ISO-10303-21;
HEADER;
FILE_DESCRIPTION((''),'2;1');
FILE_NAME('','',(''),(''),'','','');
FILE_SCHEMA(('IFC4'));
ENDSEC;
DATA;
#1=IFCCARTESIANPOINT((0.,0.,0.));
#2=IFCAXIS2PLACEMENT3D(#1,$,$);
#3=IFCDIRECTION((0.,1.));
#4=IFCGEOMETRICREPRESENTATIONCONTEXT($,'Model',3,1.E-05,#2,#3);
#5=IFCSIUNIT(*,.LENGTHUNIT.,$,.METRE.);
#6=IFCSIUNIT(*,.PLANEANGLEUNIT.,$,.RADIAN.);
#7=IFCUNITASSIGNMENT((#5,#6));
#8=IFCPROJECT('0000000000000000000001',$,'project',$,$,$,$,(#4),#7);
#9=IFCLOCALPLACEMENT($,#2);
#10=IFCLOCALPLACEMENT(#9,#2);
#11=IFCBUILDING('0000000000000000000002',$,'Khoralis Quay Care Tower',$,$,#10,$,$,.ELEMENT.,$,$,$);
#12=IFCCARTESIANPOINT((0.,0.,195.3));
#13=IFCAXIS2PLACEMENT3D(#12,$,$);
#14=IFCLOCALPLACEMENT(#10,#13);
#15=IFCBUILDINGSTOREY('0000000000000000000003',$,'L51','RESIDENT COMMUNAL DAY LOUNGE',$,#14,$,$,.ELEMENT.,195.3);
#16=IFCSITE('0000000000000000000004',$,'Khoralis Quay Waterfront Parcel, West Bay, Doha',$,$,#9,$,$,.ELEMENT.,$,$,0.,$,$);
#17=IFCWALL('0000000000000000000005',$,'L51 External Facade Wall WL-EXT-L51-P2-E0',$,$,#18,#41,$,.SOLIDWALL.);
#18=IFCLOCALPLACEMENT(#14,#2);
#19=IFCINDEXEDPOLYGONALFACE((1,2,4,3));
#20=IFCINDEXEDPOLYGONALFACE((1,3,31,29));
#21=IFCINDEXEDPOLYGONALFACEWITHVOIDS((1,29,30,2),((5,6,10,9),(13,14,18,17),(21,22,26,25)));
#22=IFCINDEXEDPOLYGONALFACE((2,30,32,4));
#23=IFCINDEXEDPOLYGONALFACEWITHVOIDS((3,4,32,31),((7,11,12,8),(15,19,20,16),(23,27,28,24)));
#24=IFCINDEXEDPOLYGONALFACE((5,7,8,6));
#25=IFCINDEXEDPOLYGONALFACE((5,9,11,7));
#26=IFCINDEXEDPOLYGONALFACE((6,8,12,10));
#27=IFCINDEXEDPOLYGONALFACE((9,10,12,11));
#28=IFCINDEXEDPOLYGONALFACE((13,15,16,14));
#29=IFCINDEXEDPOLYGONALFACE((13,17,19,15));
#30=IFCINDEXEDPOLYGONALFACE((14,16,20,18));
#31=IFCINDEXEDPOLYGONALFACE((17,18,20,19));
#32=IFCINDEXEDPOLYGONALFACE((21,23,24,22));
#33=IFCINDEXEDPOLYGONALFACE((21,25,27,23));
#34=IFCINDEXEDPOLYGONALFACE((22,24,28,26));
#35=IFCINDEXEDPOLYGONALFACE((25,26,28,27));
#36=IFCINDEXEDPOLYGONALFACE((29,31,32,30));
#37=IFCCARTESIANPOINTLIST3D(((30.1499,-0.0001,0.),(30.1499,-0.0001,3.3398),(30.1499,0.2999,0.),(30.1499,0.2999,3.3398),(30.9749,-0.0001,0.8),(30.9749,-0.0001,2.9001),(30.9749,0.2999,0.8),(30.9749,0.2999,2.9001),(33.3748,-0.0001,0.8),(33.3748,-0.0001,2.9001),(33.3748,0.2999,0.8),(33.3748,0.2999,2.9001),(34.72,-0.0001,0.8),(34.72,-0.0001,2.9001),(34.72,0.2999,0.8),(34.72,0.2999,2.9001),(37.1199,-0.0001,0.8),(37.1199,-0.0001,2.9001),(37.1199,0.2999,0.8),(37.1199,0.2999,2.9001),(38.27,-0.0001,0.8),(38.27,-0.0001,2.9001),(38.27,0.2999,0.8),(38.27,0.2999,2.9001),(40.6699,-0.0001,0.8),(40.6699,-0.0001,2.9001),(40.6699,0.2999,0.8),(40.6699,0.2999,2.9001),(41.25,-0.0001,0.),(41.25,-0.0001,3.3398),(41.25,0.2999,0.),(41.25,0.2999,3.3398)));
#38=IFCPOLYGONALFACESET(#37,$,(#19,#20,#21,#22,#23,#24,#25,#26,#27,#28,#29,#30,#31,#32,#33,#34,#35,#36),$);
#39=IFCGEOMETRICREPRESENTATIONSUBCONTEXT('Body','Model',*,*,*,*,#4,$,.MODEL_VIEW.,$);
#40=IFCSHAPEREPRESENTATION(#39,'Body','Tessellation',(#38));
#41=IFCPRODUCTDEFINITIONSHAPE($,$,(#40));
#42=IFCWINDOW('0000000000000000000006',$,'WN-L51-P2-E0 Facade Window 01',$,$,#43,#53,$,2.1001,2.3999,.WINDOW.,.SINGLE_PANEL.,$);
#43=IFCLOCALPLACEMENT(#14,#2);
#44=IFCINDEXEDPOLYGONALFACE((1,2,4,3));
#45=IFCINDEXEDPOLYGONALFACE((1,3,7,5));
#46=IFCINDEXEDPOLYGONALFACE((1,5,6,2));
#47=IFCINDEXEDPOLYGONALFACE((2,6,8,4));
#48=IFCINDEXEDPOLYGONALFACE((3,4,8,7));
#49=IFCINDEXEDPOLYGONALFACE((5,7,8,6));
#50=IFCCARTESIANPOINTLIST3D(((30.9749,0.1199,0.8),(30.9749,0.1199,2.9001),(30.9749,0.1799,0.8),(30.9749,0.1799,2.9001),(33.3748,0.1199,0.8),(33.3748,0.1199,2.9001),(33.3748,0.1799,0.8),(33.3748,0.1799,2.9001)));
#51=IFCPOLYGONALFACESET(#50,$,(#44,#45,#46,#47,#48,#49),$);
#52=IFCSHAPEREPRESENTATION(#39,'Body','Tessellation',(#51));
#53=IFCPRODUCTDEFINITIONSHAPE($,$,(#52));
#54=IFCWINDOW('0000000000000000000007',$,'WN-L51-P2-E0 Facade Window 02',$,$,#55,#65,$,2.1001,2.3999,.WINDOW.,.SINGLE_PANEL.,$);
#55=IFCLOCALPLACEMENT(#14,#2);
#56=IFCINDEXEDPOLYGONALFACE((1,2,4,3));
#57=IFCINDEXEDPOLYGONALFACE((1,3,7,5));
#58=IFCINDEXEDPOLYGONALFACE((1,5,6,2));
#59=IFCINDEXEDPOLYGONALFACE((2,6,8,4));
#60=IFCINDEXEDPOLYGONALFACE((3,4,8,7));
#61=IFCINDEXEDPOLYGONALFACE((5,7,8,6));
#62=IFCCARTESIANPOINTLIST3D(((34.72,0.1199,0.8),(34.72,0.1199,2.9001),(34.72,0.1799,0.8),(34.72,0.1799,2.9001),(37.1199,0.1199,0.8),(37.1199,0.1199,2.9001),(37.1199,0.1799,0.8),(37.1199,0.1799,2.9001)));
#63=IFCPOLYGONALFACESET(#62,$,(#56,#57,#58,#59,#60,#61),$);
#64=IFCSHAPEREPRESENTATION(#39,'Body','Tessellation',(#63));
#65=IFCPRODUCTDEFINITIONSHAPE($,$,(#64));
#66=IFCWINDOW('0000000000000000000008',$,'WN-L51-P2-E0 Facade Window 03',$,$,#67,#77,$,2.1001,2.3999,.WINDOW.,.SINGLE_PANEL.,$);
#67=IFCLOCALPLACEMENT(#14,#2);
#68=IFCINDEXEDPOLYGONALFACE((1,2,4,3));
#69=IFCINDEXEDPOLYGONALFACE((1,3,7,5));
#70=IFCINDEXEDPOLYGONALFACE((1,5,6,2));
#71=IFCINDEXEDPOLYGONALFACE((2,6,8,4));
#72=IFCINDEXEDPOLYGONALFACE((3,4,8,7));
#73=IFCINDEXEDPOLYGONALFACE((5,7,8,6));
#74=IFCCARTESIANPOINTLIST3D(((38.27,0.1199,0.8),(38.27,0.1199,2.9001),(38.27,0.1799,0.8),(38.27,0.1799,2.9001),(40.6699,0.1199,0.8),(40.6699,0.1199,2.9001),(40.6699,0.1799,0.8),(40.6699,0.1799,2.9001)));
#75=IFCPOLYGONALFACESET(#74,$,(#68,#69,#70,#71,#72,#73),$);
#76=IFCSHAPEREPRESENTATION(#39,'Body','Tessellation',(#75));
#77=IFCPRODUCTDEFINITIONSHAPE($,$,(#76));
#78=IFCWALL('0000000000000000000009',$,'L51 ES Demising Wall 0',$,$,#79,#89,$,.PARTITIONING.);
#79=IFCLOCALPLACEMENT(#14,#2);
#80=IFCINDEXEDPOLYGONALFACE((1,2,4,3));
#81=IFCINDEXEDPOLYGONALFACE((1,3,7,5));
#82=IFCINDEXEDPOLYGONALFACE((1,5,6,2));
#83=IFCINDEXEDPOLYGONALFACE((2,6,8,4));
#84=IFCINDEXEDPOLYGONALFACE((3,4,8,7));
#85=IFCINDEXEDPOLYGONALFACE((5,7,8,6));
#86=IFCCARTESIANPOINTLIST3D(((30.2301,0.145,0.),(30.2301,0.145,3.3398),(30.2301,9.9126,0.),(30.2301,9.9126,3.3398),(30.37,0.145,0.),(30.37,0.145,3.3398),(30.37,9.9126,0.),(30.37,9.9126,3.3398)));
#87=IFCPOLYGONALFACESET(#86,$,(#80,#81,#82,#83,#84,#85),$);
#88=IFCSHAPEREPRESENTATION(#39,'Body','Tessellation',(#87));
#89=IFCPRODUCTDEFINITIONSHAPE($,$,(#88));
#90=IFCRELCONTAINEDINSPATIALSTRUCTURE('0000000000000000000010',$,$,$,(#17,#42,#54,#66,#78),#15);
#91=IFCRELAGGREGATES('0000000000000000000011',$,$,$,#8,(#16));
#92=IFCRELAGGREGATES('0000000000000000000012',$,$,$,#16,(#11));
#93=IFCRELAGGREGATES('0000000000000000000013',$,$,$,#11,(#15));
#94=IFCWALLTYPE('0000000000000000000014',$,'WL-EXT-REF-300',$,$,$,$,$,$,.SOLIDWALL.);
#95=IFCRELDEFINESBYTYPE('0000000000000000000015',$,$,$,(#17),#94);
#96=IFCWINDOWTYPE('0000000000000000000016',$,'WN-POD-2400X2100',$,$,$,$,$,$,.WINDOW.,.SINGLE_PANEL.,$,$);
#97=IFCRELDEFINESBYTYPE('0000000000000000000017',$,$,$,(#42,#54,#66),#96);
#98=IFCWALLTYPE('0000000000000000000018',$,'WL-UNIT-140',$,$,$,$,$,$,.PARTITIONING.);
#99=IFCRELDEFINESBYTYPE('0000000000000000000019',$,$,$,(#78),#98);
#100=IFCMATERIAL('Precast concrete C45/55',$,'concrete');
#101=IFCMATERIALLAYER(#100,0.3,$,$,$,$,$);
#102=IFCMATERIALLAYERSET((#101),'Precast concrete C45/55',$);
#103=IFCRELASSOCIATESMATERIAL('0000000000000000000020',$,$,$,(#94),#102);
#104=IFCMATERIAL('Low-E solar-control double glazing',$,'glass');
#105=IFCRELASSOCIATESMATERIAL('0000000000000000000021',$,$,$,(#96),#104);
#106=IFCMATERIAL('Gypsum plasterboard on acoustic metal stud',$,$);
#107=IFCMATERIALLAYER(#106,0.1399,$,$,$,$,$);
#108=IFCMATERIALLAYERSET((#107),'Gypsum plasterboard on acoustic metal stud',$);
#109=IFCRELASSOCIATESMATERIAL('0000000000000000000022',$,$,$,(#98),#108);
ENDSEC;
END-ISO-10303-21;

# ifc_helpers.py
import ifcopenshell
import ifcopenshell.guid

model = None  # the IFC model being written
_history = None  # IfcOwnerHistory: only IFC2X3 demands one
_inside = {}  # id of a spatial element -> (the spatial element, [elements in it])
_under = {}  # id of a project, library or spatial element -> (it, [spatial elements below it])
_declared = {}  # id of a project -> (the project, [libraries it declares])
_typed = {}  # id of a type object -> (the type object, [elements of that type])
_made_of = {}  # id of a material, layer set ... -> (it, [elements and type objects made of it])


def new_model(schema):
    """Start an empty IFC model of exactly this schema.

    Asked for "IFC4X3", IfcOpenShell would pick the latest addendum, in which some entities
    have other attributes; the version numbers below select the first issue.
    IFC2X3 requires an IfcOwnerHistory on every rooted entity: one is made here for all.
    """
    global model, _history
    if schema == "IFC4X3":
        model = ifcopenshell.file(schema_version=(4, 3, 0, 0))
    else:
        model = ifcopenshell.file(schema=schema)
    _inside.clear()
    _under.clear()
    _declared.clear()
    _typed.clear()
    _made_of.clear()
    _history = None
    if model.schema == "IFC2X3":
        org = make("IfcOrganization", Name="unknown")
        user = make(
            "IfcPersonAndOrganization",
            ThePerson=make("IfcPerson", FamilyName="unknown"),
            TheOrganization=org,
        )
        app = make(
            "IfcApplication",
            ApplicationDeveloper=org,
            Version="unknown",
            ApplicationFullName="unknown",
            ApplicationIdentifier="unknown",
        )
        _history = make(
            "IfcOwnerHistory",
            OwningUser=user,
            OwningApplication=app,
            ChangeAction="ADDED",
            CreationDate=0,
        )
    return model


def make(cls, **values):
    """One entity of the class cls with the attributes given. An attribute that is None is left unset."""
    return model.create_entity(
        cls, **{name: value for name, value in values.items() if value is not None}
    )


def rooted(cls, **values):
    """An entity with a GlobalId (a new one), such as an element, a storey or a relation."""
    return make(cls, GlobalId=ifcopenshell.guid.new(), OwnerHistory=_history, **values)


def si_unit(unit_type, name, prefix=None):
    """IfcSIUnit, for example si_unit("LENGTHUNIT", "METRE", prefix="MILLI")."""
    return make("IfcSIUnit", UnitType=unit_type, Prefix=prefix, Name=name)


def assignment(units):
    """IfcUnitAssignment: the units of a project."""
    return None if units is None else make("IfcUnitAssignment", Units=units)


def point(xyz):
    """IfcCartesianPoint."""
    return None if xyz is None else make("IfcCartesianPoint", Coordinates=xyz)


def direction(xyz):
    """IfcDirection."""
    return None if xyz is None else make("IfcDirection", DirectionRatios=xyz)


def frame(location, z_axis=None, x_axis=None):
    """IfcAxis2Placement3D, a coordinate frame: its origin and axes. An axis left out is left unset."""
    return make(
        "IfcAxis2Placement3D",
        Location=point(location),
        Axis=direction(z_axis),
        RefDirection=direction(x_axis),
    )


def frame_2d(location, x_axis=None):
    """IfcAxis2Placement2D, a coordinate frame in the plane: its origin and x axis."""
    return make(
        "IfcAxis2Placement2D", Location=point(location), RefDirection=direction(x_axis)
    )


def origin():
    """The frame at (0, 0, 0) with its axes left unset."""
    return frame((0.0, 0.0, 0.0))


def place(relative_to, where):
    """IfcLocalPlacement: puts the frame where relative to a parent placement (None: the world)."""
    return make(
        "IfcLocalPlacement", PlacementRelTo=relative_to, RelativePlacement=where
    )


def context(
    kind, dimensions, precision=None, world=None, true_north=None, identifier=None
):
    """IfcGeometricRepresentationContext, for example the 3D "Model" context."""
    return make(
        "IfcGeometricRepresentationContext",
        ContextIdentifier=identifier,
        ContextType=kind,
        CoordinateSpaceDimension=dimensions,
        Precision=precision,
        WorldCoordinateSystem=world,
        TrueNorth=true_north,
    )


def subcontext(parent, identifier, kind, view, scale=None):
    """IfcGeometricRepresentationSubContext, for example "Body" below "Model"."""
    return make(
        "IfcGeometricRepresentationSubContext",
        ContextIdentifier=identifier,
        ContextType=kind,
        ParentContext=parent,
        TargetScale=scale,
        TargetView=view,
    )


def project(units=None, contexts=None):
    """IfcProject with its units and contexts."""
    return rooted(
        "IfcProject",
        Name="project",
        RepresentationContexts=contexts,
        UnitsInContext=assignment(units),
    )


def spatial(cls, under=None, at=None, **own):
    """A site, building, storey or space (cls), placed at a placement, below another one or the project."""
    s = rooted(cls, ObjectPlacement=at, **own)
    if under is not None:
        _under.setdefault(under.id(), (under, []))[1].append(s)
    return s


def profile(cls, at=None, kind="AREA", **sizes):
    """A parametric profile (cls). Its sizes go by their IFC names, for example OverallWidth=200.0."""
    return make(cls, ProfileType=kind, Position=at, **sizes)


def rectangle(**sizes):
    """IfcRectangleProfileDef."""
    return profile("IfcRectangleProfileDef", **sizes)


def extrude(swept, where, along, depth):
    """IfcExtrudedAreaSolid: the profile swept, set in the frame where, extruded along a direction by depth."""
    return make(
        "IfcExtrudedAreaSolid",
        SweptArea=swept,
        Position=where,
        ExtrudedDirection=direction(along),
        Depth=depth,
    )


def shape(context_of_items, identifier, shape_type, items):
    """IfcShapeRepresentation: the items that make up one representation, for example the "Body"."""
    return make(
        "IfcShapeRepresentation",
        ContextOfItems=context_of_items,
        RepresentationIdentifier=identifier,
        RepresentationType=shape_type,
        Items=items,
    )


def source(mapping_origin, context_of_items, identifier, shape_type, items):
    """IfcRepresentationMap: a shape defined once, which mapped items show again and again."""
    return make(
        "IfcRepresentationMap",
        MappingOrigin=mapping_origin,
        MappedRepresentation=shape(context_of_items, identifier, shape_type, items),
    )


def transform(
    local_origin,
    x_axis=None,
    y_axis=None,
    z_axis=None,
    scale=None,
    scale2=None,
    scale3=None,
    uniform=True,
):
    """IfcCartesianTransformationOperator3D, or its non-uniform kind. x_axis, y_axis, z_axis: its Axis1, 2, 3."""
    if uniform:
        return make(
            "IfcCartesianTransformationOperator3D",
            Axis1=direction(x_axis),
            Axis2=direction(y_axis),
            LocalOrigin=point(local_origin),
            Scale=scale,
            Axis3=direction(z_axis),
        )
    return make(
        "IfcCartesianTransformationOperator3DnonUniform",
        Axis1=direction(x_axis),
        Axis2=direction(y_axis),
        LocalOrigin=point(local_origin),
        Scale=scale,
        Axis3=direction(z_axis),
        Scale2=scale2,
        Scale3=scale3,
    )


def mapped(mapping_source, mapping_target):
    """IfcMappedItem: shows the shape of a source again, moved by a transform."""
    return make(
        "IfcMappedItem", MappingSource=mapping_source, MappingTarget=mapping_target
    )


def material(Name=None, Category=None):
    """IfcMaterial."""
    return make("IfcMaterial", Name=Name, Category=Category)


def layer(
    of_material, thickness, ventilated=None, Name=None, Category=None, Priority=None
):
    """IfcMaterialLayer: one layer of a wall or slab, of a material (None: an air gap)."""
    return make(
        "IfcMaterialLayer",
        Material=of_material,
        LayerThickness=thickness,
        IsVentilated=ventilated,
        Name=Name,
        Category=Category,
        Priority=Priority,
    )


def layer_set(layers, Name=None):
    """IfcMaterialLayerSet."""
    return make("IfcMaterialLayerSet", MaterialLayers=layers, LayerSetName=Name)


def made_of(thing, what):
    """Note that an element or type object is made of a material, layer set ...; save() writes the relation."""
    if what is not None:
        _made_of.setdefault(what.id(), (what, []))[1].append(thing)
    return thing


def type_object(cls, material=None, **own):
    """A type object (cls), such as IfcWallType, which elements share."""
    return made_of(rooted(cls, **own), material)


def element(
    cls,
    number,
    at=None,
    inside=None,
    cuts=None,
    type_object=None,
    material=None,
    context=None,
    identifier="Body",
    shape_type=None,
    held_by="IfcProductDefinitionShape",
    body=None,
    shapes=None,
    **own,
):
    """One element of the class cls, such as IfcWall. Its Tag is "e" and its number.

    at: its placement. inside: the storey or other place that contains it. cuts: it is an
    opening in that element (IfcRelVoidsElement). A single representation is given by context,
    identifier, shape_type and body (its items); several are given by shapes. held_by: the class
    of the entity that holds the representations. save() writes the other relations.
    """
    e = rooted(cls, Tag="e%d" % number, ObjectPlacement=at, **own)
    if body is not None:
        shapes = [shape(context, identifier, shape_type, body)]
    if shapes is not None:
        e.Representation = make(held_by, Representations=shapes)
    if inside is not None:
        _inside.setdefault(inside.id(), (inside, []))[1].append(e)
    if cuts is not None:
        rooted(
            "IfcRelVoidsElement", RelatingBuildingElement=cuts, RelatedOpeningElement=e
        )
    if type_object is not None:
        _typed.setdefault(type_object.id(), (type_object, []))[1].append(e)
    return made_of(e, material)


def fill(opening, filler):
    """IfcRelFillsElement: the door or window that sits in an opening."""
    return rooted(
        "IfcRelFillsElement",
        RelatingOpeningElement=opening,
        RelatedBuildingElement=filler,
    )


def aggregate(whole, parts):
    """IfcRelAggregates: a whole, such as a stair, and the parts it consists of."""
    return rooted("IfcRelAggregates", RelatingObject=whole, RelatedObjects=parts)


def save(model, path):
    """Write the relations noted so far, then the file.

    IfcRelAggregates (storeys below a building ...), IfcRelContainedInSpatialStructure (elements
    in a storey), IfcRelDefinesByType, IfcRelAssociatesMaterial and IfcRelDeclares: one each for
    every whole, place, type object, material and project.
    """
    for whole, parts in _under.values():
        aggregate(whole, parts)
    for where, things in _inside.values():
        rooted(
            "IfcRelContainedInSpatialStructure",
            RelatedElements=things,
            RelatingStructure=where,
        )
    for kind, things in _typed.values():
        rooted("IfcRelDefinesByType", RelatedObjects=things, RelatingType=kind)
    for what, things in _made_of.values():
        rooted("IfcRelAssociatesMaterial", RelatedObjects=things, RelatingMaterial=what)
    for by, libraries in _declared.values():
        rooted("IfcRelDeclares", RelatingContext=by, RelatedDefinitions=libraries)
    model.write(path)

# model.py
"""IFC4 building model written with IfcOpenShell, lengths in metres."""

from ifc_helpers import new_model, si_unit, direction, frame, frame_2d, origin, place, context, subcontext, project, spatial, rectangle, extrude, source, transform, mapped, material, layer, layer_set, type_object, element, fill, save


model = new_model("IFC4")

# Units and contexts
model_context = context("Model", 3, precision=1e-05, world=origin(), true_north=direction((0.0, 1.0)))
body_context = subcontext(model_context, "Body", "Model", "MODEL_VIEW")
ifc_project = project(units=[si_unit("LENGTHUNIT", "METRE"), si_unit("PLANEANGLEUNIT", "RADIAN")], contexts=[model_context])

# Site, building, storey
site_placement = place(None, origin())
site = spatial("IfcSite", under=ifc_project, at=site_placement, Name="Khoralis Quay Waterfront Parcel, West Bay, Doha", CompositionType="ELEMENT", RefElevation=0.0)
building_placement = place(site_placement, origin())
building = spatial("IfcBuilding", under=site, at=building_placement, Name="Khoralis Quay Care Tower", CompositionType="ELEMENT")
storey_placement = place(building_placement, frame((0.0, 0.0, 195.3)))
storey = spatial("IfcBuildingStorey", under=building, at=storey_placement, Name="L51", Description="RESIDENT COMMUNAL DAY LOUNGE", CompositionType="ELEMENT", Elevation=195.3)

# Shared definitions
ifc_material_1 = material(Name="Low-E solar-control double glazing", Category="glass")

# Shared definitions
ifc_material_2 = material(Name="Gypsum plasterboard on acoustic metal stud")

# Wall, openings, windows
ifc_material_3 = material(Name="Precast concrete C45/55", Category="concrete")
ifc_layer_1 = layer(ifc_material_3, 0.3)
ifc_layer_set_1 = layer_set([ifc_layer_1], Name="Precast concrete C45/55")
wall_type_1 = type_object("IfcWallType", Name="WL-EXT-REF-300", PredefinedType="SOLIDWALL", material=ifc_layer_set_1)
wall_1_placement = place(storey_placement, frame((30.1499, 0.1499, 0.0), z_axis=(0.0, 0.0, 1.0), x_axis=(1.0, 0.0, 0.0)))
wall_1 = element("IfcWall", 1, at=wall_1_placement, inside=storey, type_object=wall_type_1, Name="L51 External Facade Wall WL-EXT-L51-P2-E0", PredefinedType="SOLIDWALL", context=body_context, shape_type="SweptSolid", body=[
    extrude(rectangle(XDim=11.1001, YDim=0.3, at=frame_2d((5.55, 0.0))), origin(), (0.0, 0.0, 1.0), 3.3398),
])
opening_1_placement = place(wall_1_placement, frame((0.825, 0.0, 0.8)))
opening_1 = element("IfcOpeningElement", 2, at=opening_1_placement, cuts=wall_1, PredefinedType="OPENING", context=body_context, shape_type="SweptSolid", body=[
    extrude(rectangle(XDim=2.3999, YDim=2.1001, at=frame_2d((1.2, 1.05))), frame((0.0, 0.1602, 0.0), z_axis=(0.0, -1.0, 0.0), x_axis=(1.0, 0.0, 0.0)), (0.0, 0.0, 1.0), 0.3201),
])
opening_2_placement = place(wall_1_placement, frame((4.5701, 0.0, 0.8)))
opening_2 = element("IfcOpeningElement", 3, at=opening_2_placement, cuts=wall_1, PredefinedType="OPENING", context=body_context, shape_type="SweptSolid", body=[
    extrude(rectangle(XDim=2.3999, YDim=2.1001, at=frame_2d((1.2, 1.05))), frame((0.0, 0.1602, 0.0), z_axis=(0.0, -1.0, 0.0), x_axis=(1.0, 0.0, 0.0)), (0.0, 0.0, 1.0), 0.3201),
])
opening_3_placement = place(wall_1_placement, frame((8.1201, 0.0, 0.8)))
opening_3 = element("IfcOpeningElement", 4, at=opening_3_placement, cuts=wall_1, PredefinedType="OPENING", context=body_context, shape_type="SweptSolid", body=[
    extrude(rectangle(XDim=2.3999, YDim=2.1001, at=frame_2d((1.2, 1.05))), frame((0.0, 0.1602, 0.0), z_axis=(0.0, -1.0, 0.0), x_axis=(1.0, 0.0, 0.0)), (0.0, 0.0, 1.0), 0.3201),
])
window_type = type_object("IfcWindowType", Name="WN-POD-2400X2100", PartitioningType="SINGLE_PANEL", PredefinedType="WINDOW", material=ifc_material_1)
shared_shape_1 = source(origin(), body_context, "Body", "SweptSolid", [
    extrude(rectangle(XDim=2.3999, YDim=2.1001, at=frame_2d((1.2, 1.05))), frame((0.0, 0.03, 0.0), z_axis=(0.0, -1.0, 0.0), x_axis=(1.0, 0.0, 0.0)), (0.0, 0.0, 1.0), 0.0601),
])
window_1_placement = place(opening_1_placement, origin())
window_1 = element("IfcWindow", 5, at=window_1_placement, inside=storey, type_object=window_type, Name="WN-L51-P2-E0 Facade Window 01", OverallHeight=2.1001, OverallWidth=2.3999, PartitioningType="SINGLE_PANEL", PredefinedType="WINDOW", context=body_context, shape_type="MappedRepresentation", body=[
    mapped(shared_shape_1, transform((0.0, 0.0, 0.0), scale=1.0)),
])
fill(opening_1, window_1)
window_2_placement = place(opening_2_placement, origin())
window_2 = element("IfcWindow", 6, at=window_2_placement, inside=storey, type_object=window_type, Name="WN-L51-P2-E0 Facade Window 02", OverallHeight=2.1001, OverallWidth=2.3999, PartitioningType="SINGLE_PANEL", PredefinedType="WINDOW", context=body_context, shape_type="MappedRepresentation", body=[
    mapped(shared_shape_1, transform((0.0, 0.0, 0.0), scale=1.0)),
])
fill(opening_2, window_2)
window_3_placement = place(opening_3_placement, origin())
window_3 = element("IfcWindow", 7, at=window_3_placement, inside=storey, type_object=window_type, Name="WN-L51-P2-E0 Facade Window 03", OverallHeight=2.1001, OverallWidth=2.3999, PartitioningType="SINGLE_PANEL", PredefinedType="WINDOW", context=body_context, shape_type="MappedRepresentation", body=[
    mapped(shared_shape_1, transform((0.0, 0.0, 0.0), scale=1.0)),
])
fill(opening_3, window_3)

# Wall
ifc_layer_2 = layer(ifc_material_2, 0.1399)
ifc_layer_set_2 = layer_set([ifc_layer_2], Name="Gypsum plasterboard on acoustic metal stud")
wall_type_2 = type_object("IfcWallType", Name="WL-UNIT-140", PredefinedType="PARTITIONING", material=ifc_layer_set_2)
wall_2_placement = place(storey_placement, frame((30.3, 0.145, 0.0), z_axis=(0.0, 0.0, 1.0), x_axis=(0.0, 1.0, 0.0)))
element("IfcWall", 8, at=wall_2_placement, inside=storey, type_object=wall_type_2, Name="L51 ES Demising Wall 0", PredefinedType="PARTITIONING", context=body_context, shape_type="SweptSolid", body=[
    extrude(rectangle(XDim=9.7676, YDim=0.1399, at=frame_2d((4.8838, 0.0))), origin(), (0.0, 0.0, 1.0), 3.3398),
])

save(model, "model.ifc")
